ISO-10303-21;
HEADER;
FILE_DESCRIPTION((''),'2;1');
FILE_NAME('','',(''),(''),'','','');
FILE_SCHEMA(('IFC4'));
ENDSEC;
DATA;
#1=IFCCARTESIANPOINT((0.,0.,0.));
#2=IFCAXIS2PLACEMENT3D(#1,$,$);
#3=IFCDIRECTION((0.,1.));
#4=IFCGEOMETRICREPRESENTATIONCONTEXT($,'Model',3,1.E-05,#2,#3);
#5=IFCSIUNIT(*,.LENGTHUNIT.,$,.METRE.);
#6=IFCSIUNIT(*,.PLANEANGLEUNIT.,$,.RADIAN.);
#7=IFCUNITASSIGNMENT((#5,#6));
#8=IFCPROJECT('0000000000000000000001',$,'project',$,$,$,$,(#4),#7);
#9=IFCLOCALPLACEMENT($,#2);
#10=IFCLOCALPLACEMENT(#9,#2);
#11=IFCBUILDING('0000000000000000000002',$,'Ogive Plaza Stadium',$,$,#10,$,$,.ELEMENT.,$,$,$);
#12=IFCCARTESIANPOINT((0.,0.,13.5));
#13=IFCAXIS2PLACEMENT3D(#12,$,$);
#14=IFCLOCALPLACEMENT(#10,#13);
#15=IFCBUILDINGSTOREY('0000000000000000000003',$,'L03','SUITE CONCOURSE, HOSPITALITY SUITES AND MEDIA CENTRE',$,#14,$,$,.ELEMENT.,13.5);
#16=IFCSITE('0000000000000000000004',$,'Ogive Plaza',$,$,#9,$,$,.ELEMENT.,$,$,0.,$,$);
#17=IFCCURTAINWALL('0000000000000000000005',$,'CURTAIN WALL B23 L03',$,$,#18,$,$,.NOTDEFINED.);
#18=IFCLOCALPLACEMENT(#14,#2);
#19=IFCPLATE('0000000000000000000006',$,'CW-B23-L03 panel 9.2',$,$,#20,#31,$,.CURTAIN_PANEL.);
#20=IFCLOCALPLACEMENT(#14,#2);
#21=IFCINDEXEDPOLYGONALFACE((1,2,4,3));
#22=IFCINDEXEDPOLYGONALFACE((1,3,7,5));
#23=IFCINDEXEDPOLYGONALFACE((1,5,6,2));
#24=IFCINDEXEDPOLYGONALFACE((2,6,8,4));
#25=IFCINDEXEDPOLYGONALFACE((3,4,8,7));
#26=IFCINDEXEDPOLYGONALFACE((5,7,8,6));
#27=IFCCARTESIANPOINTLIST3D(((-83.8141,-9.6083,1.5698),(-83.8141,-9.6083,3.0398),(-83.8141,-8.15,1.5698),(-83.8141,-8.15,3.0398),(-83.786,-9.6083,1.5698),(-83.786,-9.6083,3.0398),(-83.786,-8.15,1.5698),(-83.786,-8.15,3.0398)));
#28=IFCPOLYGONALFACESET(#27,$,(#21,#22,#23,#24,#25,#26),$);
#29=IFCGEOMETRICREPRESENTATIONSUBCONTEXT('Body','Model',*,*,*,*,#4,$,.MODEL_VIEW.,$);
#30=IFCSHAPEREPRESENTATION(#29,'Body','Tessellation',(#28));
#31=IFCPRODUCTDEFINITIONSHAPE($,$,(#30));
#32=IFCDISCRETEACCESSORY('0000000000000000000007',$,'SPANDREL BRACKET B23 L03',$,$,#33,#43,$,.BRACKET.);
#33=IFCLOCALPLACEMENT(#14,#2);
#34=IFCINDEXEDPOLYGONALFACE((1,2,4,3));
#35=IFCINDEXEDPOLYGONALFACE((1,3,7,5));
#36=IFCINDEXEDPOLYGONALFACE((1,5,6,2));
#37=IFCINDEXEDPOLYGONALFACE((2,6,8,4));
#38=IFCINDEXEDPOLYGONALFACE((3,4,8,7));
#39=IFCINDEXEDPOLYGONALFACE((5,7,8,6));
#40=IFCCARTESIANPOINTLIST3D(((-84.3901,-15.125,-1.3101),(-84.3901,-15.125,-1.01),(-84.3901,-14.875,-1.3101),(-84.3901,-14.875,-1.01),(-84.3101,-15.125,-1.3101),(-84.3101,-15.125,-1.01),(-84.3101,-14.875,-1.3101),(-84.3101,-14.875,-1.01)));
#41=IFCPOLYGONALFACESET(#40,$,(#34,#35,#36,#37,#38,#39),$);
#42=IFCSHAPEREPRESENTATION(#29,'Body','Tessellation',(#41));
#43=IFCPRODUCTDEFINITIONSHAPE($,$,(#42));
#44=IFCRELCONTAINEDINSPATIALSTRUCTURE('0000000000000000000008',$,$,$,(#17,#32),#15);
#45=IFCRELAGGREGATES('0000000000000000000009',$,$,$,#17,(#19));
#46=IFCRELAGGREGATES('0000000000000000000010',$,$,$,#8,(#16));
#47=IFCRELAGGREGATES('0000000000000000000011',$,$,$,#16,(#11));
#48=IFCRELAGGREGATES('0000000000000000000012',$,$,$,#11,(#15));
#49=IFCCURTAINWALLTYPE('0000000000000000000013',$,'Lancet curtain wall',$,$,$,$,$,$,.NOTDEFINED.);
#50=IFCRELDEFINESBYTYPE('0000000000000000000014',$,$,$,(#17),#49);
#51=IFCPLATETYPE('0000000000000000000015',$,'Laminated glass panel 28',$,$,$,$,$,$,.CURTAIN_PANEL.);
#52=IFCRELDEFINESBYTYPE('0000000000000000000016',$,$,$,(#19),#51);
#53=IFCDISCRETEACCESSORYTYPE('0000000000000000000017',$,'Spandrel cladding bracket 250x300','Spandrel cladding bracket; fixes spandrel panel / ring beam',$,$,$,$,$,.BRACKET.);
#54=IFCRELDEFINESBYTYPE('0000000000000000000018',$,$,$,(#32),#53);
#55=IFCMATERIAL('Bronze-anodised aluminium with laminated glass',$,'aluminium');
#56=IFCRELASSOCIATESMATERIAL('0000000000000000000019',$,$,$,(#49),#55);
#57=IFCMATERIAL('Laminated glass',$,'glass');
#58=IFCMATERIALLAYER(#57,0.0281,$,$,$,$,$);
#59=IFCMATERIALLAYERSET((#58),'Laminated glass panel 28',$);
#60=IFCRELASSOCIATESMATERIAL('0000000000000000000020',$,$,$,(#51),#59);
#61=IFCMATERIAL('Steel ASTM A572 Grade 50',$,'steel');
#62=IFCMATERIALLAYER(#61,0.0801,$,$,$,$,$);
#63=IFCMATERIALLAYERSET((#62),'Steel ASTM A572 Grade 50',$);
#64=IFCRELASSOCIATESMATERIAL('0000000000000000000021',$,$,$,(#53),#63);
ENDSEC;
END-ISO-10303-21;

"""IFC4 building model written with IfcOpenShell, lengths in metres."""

from ifc_helpers import new_model, si_unit, direction, frame, origin, origin_2d, place, context, subcontext, project, spatial, rectangle, extrude, material, layer, layer_set, type_object, element, aggregate, save


model = new_model("IFC4")

# Units and contexts
model_context = context("Model", 3, precision=1e-05, world=origin(), true_north=direction((0.0, 1.0)))
body_context = subcontext(model_context, "Body", "Model", "MODEL_VIEW")
ifc_project = project(units=[si_unit("LENGTHUNIT", "METRE"), si_unit("PLANEANGLEUNIT", "RADIAN")], contexts=[model_context])

# Site, building, storey
site_placement = place(None, origin())
site = spatial("IfcSite", under=ifc_project, at=site_placement, Name="Ogive Plaza", CompositionType="ELEMENT", RefElevation=0.0)
building_placement = place(site_placement, origin())
building = spatial("IfcBuilding", under=site, at=building_placement, Name="Ogive Plaza Stadium", CompositionType="ELEMENT")
storey_placement = place(building_placement, frame((0.0, 0.0, 13.5)))
storey = spatial("IfcBuildingStorey", under=building, at=storey_placement, Name="L03", Description="SUITE CONCOURSE, HOSPITALITY SUITES AND MEDIA CENTRE", CompositionType="ELEMENT", Elevation=13.5)

# Curtain wall, plate
ifc_material_1 = material(Name="Bronze-anodised aluminium with laminated glass", Category="aluminium")
curtain_wall_type = type_object("IfcCurtainWallType", Name="Lancet curtain wall", PredefinedType="NOTDEFINED", material=ifc_material_1)
curtain_wall_placement = place(storey_placement, origin())
curtain_wall = element("IfcCurtainWall", 1, at=curtain_wall_placement, inside=storey, type_object=curtain_wall_type, Name="CURTAIN WALL B23 L03", PredefinedType="NOTDEFINED")
ifc_material_2 = material(Name="Laminated glass", Category="glass")
ifc_layer_1 = layer(ifc_material_2, 0.0281)
ifc_layer_set_1 = layer_set([ifc_layer_1], Name="Laminated glass panel 28")
plate_type = type_object("IfcPlateType", Name="Laminated glass panel 28", PredefinedType="CURTAIN_PANEL", material=ifc_layer_set_1)
plate_1_placement = place(storey_placement, frame((-83.8, -8.8792, 1.5698), z_axis=(0.0, 0.0, 1.0), x_axis=(0.0, 1.0, 0.0)))
plate_1 = element("IfcPlate", 2, at=plate_1_placement, type_object=plate_type, Name="CW-B23-L03 panel 9.2", PredefinedType="CURTAIN_PANEL", context=body_context, shape_type="SweptSolid", body=[
    extrude(rectangle(XDim=1.4583, YDim=0.0281, at=origin_2d()), origin(), (0.0, 0.0, 1.0), 1.47),
])
aggregate(curtain_wall, [plate_1])

# Discrete accessory
ifc_material_3 = material(Name="Steel ASTM A572 Grade 50", Category="steel")
ifc_layer_2 = layer(ifc_material_3, 0.0801)
ifc_layer_set_2 = layer_set([ifc_layer_2], Name="Steel ASTM A572 Grade 50")
discrete_accessory_type = type_object("IfcDiscreteAccessoryType", Name="Spandrel cladding bracket 250x300", Description="Spandrel cladding bracket; fixes spandrel panel / ring beam", PredefinedType="BRACKET", material=ifc_layer_set_2)
discrete_accessory_placement = place(storey_placement, frame((-84.3501, -15.0, -1.3101), z_axis=(0.0, 0.0, 1.0), x_axis=(0.0, 1.0, 0.0)))
element("IfcDiscreteAccessory", 3, at=discrete_accessory_placement, inside=storey, type_object=discrete_accessory_type, Name="SPANDREL BRACKET B23 L03", PredefinedType="BRACKET", context=body_context, shape_type="SweptSolid", body=[
    extrude(rectangle(XDim=0.25, YDim=0.0801, at=origin_2d()), origin(), (0.0, 0.0, 1.0), 0.3),
])

save(model, "model.ifc")
